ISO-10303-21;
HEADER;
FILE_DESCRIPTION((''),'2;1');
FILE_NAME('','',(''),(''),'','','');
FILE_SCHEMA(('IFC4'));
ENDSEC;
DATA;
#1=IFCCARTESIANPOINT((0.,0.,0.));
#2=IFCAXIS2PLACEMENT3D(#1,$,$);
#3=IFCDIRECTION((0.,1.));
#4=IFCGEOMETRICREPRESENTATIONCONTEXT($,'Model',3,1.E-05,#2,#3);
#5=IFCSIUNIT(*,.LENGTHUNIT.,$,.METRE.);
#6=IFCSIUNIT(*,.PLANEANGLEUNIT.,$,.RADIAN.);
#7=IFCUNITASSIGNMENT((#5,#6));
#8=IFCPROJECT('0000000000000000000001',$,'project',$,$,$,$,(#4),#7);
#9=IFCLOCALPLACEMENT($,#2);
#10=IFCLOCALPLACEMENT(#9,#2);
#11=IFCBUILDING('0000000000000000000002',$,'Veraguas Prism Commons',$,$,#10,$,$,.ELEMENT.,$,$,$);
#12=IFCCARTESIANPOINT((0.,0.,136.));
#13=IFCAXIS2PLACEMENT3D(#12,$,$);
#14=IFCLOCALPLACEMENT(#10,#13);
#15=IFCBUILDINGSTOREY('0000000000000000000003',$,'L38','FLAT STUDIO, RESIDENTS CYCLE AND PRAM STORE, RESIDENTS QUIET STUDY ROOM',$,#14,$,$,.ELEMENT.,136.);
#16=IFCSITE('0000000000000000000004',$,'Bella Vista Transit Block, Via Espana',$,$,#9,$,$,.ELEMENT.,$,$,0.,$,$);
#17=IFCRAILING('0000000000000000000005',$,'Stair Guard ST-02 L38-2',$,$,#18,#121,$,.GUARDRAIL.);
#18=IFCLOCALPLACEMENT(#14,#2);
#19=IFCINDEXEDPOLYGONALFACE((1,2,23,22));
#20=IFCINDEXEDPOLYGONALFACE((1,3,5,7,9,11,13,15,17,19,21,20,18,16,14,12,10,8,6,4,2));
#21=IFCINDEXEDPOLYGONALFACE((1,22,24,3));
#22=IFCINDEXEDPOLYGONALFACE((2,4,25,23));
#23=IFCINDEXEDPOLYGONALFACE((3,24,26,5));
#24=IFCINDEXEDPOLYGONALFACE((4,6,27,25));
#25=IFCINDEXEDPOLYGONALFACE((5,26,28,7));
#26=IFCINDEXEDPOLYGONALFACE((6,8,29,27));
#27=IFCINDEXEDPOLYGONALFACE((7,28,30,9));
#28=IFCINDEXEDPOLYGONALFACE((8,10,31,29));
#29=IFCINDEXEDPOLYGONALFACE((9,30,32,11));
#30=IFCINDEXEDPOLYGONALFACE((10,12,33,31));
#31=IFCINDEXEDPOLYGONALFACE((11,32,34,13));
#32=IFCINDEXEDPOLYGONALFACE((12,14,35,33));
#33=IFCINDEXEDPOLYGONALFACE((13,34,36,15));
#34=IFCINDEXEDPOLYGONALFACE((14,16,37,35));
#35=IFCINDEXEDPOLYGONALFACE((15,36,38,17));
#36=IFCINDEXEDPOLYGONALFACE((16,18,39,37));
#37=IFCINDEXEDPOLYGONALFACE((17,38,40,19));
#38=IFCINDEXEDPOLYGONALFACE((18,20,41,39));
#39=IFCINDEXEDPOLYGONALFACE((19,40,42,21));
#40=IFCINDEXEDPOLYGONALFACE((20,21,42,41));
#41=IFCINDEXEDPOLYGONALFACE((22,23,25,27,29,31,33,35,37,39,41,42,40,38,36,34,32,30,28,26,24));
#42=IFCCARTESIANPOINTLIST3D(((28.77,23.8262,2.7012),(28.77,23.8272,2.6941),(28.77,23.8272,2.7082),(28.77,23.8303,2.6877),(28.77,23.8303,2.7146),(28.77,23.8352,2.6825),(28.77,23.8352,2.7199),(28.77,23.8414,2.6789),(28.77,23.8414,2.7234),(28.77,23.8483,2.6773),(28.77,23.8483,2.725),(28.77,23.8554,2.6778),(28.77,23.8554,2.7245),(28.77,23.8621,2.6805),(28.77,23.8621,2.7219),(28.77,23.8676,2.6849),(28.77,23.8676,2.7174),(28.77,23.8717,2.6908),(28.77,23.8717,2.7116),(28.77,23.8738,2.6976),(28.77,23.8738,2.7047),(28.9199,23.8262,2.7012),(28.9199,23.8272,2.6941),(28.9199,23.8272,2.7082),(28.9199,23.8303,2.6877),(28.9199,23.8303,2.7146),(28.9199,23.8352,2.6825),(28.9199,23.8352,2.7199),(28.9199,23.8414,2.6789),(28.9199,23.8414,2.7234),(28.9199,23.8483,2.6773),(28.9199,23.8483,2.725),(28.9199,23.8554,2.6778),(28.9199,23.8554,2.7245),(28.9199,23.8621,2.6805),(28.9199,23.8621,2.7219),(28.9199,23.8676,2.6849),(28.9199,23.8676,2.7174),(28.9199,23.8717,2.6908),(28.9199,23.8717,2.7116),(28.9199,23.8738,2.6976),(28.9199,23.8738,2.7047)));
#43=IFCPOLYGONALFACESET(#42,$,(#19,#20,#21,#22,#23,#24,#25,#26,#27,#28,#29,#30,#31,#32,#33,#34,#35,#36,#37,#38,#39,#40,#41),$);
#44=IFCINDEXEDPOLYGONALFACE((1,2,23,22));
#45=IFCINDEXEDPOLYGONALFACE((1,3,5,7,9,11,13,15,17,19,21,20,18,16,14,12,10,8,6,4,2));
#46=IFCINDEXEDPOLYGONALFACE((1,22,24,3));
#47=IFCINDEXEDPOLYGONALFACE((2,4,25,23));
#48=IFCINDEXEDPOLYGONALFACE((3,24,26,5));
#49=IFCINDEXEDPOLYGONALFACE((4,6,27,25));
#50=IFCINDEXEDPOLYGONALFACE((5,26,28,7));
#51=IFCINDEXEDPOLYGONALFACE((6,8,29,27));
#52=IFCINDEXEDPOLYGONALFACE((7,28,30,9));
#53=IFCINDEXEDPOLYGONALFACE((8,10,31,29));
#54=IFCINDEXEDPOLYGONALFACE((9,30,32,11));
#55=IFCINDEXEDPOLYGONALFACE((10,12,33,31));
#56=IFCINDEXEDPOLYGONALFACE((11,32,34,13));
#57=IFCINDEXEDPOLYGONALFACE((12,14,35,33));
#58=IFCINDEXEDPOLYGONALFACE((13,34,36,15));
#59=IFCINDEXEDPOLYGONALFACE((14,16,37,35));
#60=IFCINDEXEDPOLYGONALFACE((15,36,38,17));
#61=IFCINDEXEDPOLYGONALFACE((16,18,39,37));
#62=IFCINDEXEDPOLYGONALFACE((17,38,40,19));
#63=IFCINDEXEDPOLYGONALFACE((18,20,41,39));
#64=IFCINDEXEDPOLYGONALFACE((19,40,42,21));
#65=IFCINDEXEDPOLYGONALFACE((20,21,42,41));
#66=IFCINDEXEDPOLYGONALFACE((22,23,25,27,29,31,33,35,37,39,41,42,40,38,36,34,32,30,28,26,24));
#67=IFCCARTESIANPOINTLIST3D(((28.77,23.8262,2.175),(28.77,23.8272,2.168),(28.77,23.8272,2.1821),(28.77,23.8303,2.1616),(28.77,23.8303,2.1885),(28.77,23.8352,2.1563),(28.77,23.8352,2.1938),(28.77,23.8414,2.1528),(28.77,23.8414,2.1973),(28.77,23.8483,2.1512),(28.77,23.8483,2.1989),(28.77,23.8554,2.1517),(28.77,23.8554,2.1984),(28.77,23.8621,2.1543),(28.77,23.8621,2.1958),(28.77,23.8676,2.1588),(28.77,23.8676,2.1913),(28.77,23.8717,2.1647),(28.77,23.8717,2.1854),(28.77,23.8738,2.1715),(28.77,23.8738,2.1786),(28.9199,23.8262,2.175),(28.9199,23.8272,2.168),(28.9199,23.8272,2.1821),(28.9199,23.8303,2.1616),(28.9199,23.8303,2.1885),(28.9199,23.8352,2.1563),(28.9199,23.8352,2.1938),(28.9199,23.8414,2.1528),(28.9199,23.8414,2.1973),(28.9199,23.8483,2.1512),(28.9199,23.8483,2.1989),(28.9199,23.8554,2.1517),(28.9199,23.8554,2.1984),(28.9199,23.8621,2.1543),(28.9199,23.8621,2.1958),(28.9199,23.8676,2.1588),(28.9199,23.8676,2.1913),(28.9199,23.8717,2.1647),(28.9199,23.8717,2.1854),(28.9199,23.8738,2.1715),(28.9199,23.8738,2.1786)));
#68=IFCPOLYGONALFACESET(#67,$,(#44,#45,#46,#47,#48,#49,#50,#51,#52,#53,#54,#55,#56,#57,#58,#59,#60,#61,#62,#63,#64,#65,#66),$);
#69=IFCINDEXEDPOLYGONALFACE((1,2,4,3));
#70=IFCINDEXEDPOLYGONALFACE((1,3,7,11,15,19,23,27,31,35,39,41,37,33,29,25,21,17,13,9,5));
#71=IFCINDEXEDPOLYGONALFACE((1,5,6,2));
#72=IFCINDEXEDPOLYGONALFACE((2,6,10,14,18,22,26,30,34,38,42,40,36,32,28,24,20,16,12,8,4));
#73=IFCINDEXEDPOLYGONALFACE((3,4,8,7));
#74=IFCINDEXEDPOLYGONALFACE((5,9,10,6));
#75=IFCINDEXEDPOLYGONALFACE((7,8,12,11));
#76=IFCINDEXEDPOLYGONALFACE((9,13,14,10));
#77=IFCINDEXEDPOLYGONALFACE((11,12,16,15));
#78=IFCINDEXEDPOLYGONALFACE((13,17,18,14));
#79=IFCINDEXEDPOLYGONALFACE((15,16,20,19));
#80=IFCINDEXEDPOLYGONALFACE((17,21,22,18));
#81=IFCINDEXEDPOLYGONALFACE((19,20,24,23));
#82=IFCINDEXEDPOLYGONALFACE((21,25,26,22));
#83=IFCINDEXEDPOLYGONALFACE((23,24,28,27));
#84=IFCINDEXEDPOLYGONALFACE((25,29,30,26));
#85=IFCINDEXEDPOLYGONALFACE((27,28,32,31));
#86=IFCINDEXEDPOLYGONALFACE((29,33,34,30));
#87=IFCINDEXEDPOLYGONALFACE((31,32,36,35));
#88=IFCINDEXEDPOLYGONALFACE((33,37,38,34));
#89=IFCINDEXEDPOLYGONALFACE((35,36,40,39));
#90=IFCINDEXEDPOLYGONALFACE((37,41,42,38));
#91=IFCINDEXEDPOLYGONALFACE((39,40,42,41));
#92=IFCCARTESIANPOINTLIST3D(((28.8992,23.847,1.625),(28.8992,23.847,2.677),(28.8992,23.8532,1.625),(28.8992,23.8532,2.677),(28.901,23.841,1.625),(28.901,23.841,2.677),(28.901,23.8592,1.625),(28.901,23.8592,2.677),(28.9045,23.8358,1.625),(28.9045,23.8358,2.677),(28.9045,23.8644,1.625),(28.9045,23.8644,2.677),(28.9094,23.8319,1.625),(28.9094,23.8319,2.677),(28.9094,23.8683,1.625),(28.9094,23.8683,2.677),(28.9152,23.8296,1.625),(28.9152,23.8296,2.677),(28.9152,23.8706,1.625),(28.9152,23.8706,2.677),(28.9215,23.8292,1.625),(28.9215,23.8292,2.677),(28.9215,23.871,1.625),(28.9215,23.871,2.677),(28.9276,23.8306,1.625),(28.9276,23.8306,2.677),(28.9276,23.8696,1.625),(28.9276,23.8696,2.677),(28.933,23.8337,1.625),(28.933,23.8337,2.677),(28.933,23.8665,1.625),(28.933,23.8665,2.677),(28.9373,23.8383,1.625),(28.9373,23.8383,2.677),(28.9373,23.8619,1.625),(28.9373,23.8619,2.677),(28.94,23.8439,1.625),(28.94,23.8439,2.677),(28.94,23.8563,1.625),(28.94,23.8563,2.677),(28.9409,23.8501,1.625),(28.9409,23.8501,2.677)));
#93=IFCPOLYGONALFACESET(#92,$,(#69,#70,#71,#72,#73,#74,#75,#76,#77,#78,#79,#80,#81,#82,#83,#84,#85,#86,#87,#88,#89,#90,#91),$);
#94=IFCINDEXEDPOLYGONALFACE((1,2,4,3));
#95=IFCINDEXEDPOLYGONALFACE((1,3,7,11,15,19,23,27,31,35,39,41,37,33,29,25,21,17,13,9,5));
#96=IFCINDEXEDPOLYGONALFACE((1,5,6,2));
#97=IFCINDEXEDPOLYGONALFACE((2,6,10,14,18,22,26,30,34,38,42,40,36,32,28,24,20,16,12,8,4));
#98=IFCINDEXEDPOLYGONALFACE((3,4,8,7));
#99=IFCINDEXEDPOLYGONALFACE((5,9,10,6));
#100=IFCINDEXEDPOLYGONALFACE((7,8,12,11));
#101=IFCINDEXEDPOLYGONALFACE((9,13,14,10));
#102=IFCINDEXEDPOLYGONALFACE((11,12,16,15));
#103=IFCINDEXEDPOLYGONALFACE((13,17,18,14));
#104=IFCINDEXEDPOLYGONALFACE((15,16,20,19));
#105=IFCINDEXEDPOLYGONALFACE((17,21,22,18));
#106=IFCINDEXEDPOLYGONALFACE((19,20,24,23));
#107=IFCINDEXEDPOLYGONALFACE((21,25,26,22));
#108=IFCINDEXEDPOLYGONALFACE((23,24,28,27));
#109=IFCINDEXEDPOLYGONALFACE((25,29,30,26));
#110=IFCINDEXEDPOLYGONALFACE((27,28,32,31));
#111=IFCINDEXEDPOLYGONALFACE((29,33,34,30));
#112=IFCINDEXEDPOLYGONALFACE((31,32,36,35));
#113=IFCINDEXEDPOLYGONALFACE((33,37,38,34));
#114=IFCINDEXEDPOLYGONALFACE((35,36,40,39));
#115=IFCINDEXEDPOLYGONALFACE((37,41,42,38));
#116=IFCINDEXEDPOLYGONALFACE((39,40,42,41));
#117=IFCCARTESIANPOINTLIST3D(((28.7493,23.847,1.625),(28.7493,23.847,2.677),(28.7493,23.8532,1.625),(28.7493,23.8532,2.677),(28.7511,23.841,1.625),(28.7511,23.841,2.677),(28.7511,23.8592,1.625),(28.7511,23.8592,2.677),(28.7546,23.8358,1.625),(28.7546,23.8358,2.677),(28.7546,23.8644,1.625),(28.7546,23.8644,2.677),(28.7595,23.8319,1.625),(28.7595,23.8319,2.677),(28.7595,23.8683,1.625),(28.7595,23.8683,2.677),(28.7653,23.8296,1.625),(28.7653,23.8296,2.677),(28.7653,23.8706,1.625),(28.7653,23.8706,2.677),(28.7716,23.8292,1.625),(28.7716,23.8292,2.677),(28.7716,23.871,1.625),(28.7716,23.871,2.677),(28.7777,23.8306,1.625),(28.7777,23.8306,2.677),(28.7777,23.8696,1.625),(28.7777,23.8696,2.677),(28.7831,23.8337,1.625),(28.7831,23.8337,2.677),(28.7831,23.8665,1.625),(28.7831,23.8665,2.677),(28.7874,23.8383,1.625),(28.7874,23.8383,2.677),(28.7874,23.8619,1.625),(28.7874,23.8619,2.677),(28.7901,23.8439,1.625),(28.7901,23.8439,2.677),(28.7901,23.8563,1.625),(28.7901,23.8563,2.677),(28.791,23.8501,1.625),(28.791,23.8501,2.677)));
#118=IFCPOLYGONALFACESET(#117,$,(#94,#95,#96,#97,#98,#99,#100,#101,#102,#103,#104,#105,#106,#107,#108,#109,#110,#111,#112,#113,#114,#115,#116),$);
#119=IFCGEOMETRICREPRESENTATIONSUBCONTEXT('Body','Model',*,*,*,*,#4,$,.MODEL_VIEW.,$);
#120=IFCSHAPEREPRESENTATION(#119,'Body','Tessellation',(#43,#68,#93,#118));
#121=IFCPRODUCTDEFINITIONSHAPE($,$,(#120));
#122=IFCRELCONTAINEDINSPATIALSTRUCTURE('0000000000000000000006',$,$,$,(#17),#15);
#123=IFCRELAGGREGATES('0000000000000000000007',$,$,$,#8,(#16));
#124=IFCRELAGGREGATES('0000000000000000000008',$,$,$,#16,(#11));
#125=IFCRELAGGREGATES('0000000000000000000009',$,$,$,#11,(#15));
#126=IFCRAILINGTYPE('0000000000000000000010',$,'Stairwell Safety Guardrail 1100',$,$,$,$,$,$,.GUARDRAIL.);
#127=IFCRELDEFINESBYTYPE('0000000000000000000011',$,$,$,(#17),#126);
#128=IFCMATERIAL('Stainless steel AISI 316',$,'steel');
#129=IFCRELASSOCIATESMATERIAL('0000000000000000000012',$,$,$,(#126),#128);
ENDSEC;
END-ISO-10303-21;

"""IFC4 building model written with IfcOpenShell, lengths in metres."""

from ifc_helpers import new_model, si_unit, direction, frame, origin, origin_2d, place, context, subcontext, project, spatial, circle, extrude, material, type_object, element, save


model = new_model("IFC4")

# Units and contexts
model_context = context("Model", 3, precision=1e-05, world=origin(), true_north=direction((0.0, 1.0)))
body_context = subcontext(model_context, "Body", "Model", "MODEL_VIEW")
ifc_project = project(units=[si_unit("LENGTHUNIT", "METRE"), si_unit("PLANEANGLEUNIT", "RADIAN")], contexts=[model_context])

# Site, building, storey
site_placement = place(None, origin())
site = spatial("IfcSite", under=ifc_project, at=site_placement, Name="Bella Vista Transit Block, Via Espana", CompositionType="ELEMENT", RefElevation=0.0)
building_placement = place(site_placement, origin())
building = spatial("IfcBuilding", under=site, at=building_placement, Name="Veraguas Prism Commons", CompositionType="ELEMENT")
storey_placement = place(building_placement, frame((0.0, 0.0, 136.0)))
storey = spatial("IfcBuildingStorey", under=building, at=storey_placement, Name="L38", Description="FLAT STUDIO, RESIDENTS CYCLE AND PRAM STORE, RESIDENTS QUIET STUDY ROOM", CompositionType="ELEMENT", Elevation=136.0)

# Shared definitions
ifc_material_1 = material(Name="Stainless steel AISI 316", Category="steel")

# Railing
railing_type_1 = type_object("IfcRailingType", Name="Stairwell Safety Guardrail 1100", PredefinedType="GUARDRAIL", material=ifc_material_1)
railing_1_placement = place(storey_placement, frame((28.9199, 23.8501, 1.625)))
element("IfcRailing", 1, at=railing_1_placement, inside=storey, type_object=railing_type_1, Name="Stair Guard ST-02 L38-2", PredefinedType="GUARDRAIL", context=body_context, shape_type="SweptSolid", body=[
    extrude(circle(Radius=0.0239, at=origin_2d()), frame((0.0, 0.0, 1.0762), z_axis=(-1.0, 0.0, 0.0), x_axis=(0.0, -1.0, 0.0)), (0.0, 0.0, 1.0), 0.1499),
    extrude(circle(Radius=0.0239, at=origin_2d()), frame((0.0, 0.0, 0.55), z_axis=(-1.0, 0.0, 0.0), x_axis=(0.0, -1.0, 0.0)), (0.0, 0.0, 1.0), 0.1499),
    extrude(circle(Radius=0.021, at=origin_2d()), origin(), (0.0, 0.0, 1.0), 1.052),
    extrude(circle(Radius=0.021, at=origin_2d()), frame((-0.1499, 0.0, 0.0)), (0.0, 0.0, 1.0), 1.052),
])

save(model, "model.ifc")
